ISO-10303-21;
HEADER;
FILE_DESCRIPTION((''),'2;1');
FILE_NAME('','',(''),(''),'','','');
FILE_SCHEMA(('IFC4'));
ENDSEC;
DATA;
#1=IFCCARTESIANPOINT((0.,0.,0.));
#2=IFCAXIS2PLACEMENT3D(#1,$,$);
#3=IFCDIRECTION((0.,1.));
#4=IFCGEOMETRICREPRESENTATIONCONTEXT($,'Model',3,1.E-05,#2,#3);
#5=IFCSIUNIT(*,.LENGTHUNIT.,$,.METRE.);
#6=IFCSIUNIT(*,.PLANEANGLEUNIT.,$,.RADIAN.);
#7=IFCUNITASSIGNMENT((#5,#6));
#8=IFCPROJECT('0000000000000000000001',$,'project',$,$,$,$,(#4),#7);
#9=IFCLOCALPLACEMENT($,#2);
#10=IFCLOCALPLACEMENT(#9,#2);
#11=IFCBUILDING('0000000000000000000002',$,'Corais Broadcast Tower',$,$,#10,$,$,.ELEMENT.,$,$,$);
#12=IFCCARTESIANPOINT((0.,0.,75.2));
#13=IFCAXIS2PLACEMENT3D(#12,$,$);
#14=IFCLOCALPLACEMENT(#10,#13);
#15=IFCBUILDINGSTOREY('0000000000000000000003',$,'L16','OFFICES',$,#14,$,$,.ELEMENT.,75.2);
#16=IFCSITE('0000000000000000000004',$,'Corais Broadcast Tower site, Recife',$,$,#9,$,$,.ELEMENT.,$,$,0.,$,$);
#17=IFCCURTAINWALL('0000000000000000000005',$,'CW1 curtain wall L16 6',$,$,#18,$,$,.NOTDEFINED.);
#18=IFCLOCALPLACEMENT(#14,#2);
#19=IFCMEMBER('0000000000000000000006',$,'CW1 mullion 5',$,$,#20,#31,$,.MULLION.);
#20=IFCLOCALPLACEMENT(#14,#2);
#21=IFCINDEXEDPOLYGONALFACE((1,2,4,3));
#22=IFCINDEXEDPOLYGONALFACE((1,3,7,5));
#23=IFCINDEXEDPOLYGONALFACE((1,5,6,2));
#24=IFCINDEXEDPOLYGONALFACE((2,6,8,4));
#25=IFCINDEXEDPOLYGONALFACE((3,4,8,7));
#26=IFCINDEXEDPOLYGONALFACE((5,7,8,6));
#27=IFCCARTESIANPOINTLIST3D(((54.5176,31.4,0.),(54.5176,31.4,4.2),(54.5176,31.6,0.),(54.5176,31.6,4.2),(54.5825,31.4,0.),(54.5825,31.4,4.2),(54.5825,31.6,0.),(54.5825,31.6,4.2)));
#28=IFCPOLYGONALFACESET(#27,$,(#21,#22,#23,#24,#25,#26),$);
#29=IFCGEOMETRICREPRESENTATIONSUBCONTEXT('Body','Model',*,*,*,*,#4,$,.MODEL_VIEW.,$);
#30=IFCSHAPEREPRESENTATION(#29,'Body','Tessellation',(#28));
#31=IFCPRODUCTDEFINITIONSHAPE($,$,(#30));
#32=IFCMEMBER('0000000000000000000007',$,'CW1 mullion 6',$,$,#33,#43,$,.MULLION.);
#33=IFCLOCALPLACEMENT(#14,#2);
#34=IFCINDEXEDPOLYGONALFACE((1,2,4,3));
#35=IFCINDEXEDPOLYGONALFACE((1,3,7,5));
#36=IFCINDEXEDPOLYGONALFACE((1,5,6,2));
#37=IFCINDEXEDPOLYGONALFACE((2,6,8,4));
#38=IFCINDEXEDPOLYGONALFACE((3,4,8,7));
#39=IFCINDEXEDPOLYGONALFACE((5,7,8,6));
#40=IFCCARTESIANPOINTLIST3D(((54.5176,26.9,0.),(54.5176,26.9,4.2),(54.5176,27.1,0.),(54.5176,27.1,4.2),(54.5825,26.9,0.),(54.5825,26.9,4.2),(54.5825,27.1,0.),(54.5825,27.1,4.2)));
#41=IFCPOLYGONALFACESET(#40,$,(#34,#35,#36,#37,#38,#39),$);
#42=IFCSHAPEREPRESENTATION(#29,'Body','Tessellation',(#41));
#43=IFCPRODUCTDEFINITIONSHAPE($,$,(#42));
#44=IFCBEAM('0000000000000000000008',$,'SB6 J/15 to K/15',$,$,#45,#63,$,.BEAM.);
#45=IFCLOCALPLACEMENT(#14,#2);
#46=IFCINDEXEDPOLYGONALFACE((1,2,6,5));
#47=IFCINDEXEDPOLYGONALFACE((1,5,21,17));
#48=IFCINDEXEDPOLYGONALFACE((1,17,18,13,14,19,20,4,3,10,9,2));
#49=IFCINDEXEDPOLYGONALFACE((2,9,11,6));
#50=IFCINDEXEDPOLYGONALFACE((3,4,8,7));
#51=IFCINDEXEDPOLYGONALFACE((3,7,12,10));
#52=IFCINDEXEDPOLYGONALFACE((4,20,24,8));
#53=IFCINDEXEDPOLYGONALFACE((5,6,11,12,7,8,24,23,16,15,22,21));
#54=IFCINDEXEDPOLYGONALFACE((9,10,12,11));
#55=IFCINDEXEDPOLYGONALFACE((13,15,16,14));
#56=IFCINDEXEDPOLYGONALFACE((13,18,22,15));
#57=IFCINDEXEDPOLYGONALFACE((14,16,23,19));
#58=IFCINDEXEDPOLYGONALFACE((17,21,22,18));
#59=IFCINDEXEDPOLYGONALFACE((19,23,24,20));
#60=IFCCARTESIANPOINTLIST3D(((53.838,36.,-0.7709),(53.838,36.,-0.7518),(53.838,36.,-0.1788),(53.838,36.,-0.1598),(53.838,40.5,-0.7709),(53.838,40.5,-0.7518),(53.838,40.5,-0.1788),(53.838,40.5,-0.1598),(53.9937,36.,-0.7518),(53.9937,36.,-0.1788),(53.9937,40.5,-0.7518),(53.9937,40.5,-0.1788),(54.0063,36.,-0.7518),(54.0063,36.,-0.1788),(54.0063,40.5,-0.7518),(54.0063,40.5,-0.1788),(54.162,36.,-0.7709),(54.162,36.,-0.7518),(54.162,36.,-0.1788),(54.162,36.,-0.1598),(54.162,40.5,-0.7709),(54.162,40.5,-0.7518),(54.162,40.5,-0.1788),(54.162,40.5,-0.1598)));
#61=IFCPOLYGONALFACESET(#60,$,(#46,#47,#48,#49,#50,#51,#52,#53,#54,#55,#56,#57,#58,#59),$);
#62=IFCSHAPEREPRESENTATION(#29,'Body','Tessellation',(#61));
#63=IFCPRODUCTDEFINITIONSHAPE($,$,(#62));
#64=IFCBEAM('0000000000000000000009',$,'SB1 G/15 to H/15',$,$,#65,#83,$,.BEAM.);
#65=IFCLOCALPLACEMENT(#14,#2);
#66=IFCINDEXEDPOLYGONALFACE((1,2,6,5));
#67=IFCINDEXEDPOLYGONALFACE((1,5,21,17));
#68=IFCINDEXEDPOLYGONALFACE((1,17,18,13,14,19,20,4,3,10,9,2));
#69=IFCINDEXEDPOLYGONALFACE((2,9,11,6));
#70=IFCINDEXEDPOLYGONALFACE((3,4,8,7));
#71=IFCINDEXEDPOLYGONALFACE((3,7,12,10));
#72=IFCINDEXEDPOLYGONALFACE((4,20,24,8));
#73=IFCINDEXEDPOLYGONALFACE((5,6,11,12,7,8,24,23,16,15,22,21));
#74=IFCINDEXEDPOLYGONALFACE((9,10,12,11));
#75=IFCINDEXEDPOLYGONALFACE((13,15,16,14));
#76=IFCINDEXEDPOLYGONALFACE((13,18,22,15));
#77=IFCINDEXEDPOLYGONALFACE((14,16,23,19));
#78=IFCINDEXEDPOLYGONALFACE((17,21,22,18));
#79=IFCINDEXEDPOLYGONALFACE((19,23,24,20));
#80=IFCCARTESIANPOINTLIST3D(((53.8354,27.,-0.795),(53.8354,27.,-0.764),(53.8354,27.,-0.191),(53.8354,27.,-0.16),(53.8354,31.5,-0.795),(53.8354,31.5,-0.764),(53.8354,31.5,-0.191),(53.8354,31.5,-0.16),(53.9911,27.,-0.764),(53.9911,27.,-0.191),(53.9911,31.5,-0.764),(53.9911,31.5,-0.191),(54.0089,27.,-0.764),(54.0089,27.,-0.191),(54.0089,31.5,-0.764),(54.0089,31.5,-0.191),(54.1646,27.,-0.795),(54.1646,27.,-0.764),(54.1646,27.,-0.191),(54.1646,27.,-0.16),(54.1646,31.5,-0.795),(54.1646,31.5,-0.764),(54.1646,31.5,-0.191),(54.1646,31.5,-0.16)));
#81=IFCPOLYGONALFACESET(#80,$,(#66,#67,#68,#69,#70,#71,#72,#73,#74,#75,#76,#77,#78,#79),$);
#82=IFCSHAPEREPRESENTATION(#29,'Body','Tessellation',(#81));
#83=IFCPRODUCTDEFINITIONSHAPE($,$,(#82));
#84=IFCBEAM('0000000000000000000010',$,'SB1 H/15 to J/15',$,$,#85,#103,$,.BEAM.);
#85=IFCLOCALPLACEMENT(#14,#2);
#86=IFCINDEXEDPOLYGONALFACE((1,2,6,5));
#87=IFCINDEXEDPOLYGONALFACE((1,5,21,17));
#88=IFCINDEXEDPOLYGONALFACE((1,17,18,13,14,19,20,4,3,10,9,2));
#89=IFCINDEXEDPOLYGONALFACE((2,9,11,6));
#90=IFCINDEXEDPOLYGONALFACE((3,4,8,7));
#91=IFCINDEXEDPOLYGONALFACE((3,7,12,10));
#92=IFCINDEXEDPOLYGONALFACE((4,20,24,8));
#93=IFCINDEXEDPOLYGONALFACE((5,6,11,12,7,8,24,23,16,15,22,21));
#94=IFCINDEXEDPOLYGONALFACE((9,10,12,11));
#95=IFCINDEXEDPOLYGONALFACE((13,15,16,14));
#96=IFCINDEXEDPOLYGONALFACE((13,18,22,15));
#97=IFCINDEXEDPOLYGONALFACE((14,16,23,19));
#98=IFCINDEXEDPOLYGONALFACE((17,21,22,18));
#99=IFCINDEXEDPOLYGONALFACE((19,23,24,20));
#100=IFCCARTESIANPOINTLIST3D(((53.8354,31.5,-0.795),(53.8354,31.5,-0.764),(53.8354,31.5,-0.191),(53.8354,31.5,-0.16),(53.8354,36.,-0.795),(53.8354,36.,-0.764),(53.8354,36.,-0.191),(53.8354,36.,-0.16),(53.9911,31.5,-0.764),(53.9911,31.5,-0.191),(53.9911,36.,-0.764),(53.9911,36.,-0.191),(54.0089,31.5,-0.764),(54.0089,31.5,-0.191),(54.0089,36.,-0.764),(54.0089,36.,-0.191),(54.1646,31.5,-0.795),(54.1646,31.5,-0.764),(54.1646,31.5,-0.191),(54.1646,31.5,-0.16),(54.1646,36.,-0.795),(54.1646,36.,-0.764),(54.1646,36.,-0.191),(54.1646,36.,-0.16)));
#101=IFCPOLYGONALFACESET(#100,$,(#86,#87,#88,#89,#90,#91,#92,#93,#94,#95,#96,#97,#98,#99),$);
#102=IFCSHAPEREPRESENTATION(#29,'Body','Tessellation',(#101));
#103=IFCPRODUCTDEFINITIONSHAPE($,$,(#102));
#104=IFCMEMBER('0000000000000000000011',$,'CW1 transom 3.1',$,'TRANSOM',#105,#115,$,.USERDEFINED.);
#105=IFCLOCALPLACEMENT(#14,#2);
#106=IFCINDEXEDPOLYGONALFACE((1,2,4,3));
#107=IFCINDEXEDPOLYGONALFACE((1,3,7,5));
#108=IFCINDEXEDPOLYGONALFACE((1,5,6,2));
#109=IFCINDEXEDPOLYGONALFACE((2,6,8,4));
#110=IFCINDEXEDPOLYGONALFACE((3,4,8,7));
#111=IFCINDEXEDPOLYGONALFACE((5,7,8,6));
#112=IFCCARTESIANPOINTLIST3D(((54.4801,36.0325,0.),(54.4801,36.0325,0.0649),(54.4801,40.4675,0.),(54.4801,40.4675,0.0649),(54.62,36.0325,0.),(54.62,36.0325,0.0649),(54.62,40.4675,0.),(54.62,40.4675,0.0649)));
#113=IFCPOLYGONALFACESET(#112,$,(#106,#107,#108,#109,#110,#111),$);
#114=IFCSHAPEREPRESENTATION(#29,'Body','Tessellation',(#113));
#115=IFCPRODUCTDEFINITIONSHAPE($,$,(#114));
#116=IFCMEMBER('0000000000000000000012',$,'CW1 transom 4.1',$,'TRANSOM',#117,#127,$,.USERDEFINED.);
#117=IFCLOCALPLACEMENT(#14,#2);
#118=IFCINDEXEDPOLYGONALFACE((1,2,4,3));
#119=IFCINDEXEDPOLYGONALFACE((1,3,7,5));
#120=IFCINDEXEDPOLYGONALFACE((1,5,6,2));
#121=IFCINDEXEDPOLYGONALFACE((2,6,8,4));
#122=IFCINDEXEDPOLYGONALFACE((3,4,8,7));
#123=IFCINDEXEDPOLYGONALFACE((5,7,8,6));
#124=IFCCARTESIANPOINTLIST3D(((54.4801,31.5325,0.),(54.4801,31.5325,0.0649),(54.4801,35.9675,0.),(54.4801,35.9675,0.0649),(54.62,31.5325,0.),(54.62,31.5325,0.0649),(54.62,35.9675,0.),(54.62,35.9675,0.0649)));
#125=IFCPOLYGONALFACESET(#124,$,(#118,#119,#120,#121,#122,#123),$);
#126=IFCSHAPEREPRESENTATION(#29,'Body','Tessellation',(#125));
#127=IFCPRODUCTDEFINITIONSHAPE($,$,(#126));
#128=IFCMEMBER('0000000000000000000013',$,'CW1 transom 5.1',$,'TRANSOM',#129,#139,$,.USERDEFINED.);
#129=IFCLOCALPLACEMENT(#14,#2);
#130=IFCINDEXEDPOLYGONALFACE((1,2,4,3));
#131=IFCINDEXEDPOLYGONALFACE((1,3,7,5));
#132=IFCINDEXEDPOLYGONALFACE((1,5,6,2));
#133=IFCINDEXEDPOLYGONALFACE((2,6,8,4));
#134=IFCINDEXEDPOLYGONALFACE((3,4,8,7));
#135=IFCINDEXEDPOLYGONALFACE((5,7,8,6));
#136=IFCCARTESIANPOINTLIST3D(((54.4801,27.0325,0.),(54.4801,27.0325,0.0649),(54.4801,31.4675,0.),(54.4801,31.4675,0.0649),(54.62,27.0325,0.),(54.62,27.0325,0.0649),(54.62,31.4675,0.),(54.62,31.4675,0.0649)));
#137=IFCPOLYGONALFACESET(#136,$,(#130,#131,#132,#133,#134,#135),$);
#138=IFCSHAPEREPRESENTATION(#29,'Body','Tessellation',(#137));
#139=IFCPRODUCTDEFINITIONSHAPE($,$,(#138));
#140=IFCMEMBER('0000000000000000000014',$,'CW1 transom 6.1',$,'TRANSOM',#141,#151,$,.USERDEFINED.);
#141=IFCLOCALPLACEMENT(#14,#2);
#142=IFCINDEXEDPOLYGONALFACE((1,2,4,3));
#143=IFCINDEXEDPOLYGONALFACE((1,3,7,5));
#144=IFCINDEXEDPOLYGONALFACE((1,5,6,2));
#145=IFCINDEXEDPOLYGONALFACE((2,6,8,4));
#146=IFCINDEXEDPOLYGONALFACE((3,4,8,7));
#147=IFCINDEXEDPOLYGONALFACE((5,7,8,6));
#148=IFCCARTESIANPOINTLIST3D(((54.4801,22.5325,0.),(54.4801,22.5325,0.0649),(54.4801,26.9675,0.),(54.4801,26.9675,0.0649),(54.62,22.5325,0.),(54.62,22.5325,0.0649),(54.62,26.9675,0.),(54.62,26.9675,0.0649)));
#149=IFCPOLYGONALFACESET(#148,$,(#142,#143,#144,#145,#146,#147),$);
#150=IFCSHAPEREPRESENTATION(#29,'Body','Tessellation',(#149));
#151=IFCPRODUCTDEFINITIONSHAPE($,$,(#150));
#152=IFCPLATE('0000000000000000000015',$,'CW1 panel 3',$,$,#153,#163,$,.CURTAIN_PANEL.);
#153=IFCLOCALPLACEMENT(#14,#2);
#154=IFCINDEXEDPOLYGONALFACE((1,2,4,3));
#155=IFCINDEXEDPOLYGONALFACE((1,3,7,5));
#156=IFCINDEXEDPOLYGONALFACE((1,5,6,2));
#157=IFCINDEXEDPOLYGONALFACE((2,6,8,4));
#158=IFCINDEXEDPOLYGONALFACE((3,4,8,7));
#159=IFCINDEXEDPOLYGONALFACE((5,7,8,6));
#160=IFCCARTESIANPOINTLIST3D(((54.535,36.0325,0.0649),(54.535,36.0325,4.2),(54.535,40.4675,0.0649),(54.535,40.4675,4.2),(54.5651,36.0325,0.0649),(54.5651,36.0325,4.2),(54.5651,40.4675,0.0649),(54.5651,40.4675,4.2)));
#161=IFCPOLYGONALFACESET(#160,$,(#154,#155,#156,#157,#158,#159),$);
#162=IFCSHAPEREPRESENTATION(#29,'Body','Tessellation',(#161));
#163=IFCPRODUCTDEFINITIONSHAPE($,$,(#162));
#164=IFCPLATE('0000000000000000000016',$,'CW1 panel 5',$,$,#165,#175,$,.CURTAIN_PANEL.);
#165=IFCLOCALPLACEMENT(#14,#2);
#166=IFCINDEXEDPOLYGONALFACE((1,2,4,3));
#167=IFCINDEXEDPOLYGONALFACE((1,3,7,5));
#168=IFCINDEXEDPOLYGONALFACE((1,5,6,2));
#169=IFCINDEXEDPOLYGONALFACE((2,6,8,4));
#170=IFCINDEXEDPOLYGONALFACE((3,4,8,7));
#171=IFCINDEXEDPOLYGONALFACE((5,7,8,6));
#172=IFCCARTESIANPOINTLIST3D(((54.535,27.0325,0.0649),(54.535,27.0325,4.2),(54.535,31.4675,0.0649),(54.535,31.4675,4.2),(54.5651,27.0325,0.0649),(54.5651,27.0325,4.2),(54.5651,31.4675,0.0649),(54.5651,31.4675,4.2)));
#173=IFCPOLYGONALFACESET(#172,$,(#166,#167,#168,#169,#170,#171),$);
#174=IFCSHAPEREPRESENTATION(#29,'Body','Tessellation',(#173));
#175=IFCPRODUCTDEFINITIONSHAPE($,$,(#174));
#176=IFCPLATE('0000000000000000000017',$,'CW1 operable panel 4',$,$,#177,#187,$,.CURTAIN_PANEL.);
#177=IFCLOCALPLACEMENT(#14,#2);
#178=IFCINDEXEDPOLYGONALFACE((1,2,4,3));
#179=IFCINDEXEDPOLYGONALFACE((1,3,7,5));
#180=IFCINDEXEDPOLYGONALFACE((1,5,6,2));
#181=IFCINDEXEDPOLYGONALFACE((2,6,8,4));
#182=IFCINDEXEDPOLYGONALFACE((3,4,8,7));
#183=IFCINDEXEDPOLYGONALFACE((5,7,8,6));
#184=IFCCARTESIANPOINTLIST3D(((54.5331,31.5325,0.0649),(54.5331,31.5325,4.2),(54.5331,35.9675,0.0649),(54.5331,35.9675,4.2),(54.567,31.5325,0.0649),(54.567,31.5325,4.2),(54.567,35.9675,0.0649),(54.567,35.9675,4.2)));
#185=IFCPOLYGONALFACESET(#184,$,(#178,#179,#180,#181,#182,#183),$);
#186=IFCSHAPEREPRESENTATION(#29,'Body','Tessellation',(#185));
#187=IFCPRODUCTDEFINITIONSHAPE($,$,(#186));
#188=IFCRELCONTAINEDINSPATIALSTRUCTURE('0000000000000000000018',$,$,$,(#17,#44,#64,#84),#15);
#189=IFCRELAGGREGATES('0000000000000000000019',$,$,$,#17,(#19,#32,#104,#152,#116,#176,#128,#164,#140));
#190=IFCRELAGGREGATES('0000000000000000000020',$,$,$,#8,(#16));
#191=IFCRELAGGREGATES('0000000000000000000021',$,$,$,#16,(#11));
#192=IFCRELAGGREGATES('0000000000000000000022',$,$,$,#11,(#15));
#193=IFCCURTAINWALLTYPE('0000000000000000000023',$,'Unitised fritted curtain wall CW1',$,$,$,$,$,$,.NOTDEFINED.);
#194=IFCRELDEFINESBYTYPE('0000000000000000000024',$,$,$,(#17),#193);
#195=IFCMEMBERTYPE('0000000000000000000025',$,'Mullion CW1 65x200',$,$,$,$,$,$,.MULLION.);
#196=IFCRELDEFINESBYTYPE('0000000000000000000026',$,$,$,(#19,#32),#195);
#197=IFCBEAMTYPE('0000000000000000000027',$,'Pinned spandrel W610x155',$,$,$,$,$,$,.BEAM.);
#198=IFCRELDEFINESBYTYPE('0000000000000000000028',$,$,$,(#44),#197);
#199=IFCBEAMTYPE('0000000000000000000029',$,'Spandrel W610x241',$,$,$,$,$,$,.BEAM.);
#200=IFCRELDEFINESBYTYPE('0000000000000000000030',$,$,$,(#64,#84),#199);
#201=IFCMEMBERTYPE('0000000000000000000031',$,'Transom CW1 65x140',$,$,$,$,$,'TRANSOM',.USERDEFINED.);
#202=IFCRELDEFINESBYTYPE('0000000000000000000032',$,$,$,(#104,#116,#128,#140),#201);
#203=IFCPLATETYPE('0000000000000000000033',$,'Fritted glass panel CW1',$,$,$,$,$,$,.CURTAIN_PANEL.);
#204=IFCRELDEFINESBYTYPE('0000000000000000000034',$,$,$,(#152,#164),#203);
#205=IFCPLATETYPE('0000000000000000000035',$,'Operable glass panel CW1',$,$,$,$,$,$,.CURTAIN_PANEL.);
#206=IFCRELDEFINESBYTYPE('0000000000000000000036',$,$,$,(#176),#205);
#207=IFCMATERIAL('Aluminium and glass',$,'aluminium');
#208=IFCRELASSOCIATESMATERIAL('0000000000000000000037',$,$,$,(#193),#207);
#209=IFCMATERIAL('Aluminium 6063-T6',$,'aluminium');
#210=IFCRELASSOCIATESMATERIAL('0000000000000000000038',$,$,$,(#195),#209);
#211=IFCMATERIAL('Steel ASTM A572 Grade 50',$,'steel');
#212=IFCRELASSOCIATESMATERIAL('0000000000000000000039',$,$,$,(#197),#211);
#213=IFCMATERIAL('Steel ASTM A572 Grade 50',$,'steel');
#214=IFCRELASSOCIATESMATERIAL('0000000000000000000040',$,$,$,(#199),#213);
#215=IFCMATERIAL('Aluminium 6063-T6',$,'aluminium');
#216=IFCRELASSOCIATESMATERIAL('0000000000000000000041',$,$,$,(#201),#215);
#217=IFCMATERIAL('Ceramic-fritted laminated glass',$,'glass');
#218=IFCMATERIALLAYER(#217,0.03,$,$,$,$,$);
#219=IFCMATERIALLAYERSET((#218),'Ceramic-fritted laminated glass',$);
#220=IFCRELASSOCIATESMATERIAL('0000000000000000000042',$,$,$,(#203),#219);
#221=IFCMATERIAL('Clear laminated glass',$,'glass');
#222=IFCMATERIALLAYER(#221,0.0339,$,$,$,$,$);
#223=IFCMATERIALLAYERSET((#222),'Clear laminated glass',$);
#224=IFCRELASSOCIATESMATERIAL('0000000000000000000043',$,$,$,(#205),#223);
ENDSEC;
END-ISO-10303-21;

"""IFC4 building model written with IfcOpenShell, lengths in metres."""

from ifc_helpers import new_model, si_unit, direction, frame, origin, origin_2d, place, context, subcontext, project, spatial, rectangle, i_section, extrude, material, layer, layer_set, material_profile, profile_set, type_object, element, aggregate, save


model = new_model("IFC4")

# Units and contexts
model_context = context("Model", 3, precision=1e-05, world=origin(), true_north=direction((0.0, 1.0)))
body_context = subcontext(model_context, "Body", "Model", "MODEL_VIEW")
ifc_project = project(units=[si_unit("LENGTHUNIT", "METRE"), si_unit("PLANEANGLEUNIT", "RADIAN")], contexts=[model_context])

# Site, building, storey
site_placement = place(None, origin())
site = spatial("IfcSite", under=ifc_project, at=site_placement, Name="Corais Broadcast Tower site, Recife", CompositionType="ELEMENT", RefElevation=0.0)
building_placement = place(site_placement, origin())
building = spatial("IfcBuilding", under=site, at=building_placement, Name="Corais Broadcast Tower", CompositionType="ELEMENT")
storey_placement = place(building_placement, frame((0.0, 0.0, 75.2)))
storey = spatial("IfcBuildingStorey", under=building, at=storey_placement, Name="L16", Description="OFFICES", CompositionType="ELEMENT", Elevation=75.2)

# Curtain wall, members
ifc_material_1 = material(Name="Aluminium and glass", Category="aluminium")
curtain_wall_type = type_object("IfcCurtainWallType", Name="Unitised fritted curtain wall CW1", PredefinedType="NOTDEFINED", material=ifc_material_1)
curtain_wall_placement = place(storey_placement, origin())
curtain_wall = element("IfcCurtainWall", 1, at=curtain_wall_placement, inside=storey, type_object=curtain_wall_type, Name="CW1 curtain wall L16 6", PredefinedType="NOTDEFINED")
ifc_material_2 = material(Name="Aluminium 6063-T6", Category="aluminium")
ifc_material_profile_1 = material_profile(ifc_material_2, rectangle(XDim=0.0649, YDim=0.2, at=origin_2d()), Name="Mullion CW1 65x200")
ifc_profile_set_1 = profile_set([ifc_material_profile_1], Name="Aluminium 6063-T6")
member_type_1 = type_object("IfcMemberType", Name="Mullion CW1 65x200", PredefinedType="MULLION", material=ifc_profile_set_1)
member_1_placement = place(storey_placement, frame((54.55, 31.5, 0.0), z_axis=(0.0, 0.0, 1.0), x_axis=(1.0, 0.0, 0.0)))
member_1 = element("IfcMember", 2, at=member_1_placement, type_object=member_type_1, Name="CW1 mullion 5", PredefinedType="MULLION", context=body_context, shape_type="SweptSolid", body=[
    extrude(rectangle(XDim=0.0649, YDim=0.2, at=origin_2d()), origin(), (0.0, 0.0, 1.0), 4.2),
])
member_2_placement = place(storey_placement, frame((54.55, 27.0, 0.0), z_axis=(0.0, 0.0, 1.0), x_axis=(1.0, 0.0, 0.0)))
member_2 = element("IfcMember", 3, at=member_2_placement, type_object=member_type_1, Name="CW1 mullion 6", PredefinedType="MULLION", context=body_context, shape_type="SweptSolid", body=[
    extrude(rectangle(XDim=0.0649, YDim=0.2, at=origin_2d()), origin(), (0.0, 0.0, 1.0), 4.2),
])

# Beams
ifc_material_3 = material(Name="Steel ASTM A572 Grade 50", Category="steel")
ifc_material_profile_2 = material_profile(ifc_material_3, i_section(OverallWidth=0.324, OverallDepth=0.6111, WebThickness=0.0127, FlangeThickness=0.019, at=origin_2d()), Name="W610x155")
ifc_profile_set_2 = profile_set([ifc_material_profile_2], Name="Steel ASTM A572 Grade 50")
beam_type_1 = type_object("IfcBeamType", Name="Pinned spandrel W610x155", PredefinedType="BEAM", material=ifc_profile_set_2)
beam_1_placement = place(storey_placement, frame((54.0, 36.0, -0.4653), z_axis=(0.0, 1.0, 0.0), x_axis=(-1.0, 0.0, 0.0)))
element("IfcBeam", 4, at=beam_1_placement, inside=storey, type_object=beam_type_1, Name="SB6 J/15 to K/15", PredefinedType="BEAM", context=body_context, shape_type="SweptSolid", body=[
    extrude(i_section(OverallWidth=0.324, OverallDepth=0.6111, WebThickness=0.0127, FlangeThickness=0.019, at=origin_2d()), origin(), (0.0, 0.0, 1.0), 4.5),
])
ifc_material_4 = material(Name="Steel ASTM A572 Grade 50", Category="steel")
ifc_material_profile_3 = material_profile(ifc_material_4, i_section(OverallWidth=0.3291, OverallDepth=0.635, WebThickness=0.0178, FlangeThickness=0.031, at=origin_2d()), Name="W610x241")
ifc_profile_set_3 = profile_set([ifc_material_profile_3], Name="Steel ASTM A572 Grade 50")
beam_type_2 = type_object("IfcBeamType", Name="Spandrel W610x241", PredefinedType="BEAM", material=ifc_profile_set_3)
for number, where, z_axis, x_axis, name in (
    (5, (54.0, 27.0, -0.4775), (0.0, 1.0, 0.0), (-1.0, 0.0, 0.0), "SB1 G/15 to H/15"),
    (6, (54.0, 31.5, -0.4775), (0.0, 1.0, 0.0), (-1.0, 0.0, 0.0), "SB1 H/15 to J/15"),
):
    element("IfcBeam", number, at=place(storey_placement, frame(where, z_axis=z_axis, x_axis=x_axis)), inside=storey, type_object=beam_type_2, Name=name, PredefinedType="BEAM", context=body_context, shape_type="SweptSolid", body=[
        extrude(i_section(OverallWidth=0.3291, OverallDepth=0.635, WebThickness=0.0178, FlangeThickness=0.031, at=origin_2d()), origin(), (0.0, 0.0, 1.0), 4.5),
    ])

# Members
ifc_material_5 = material(Name="Aluminium 6063-T6", Category="aluminium")
ifc_material_profile_4 = material_profile(ifc_material_5, rectangle(XDim=0.1399, YDim=0.0649, at=origin_2d()), Name="Transom CW1 65x140")
ifc_profile_set_4 = profile_set([ifc_material_profile_4], Name="Aluminium 6063-T6")
member_type_2 = type_object("IfcMemberType", Name="Transom CW1 65x140", ElementType="TRANSOM", PredefinedType="USERDEFINED", material=ifc_profile_set_4)
member_3_placement = place(storey_placement, frame((54.55, 40.4675, 0.0325), z_axis=(0.0, -1.0, 0.0), x_axis=(1.0, 0.0, 0.0)))
member_3 = element("IfcMember", 7, at=member_3_placement, type_object=member_type_2, Name="CW1 transom 3.1", ObjectType="TRANSOM", PredefinedType="USERDEFINED", context=body_context, shape_type="SweptSolid", body=[
    extrude(rectangle(XDim=0.1399, YDim=0.0649, at=origin_2d()), origin(), (0.0, 0.0, 1.0), 4.4351),
])
member_4_placement = place(storey_placement, frame((54.55, 35.9675, 0.0325), z_axis=(0.0, -1.0, 0.0), x_axis=(1.0, 0.0, 0.0)))
member_4 = element("IfcMember", 8, at=member_4_placement, type_object=member_type_2, Name="CW1 transom 4.1", ObjectType="TRANSOM", PredefinedType="USERDEFINED", context=body_context, shape_type="SweptSolid", body=[
    extrude(rectangle(XDim=0.1399, YDim=0.0649, at=origin_2d()), origin(), (0.0, 0.0, 1.0), 4.4351),
])
member_5_placement = place(storey_placement, frame((54.55, 31.4675, 0.0325), z_axis=(0.0, -1.0, 0.0), x_axis=(1.0, 0.0, 0.0)))
member_5 = element("IfcMember", 9, at=member_5_placement, type_object=member_type_2, Name="CW1 transom 5.1", ObjectType="TRANSOM", PredefinedType="USERDEFINED", context=body_context, shape_type="SweptSolid", body=[
    extrude(rectangle(XDim=0.1399, YDim=0.0649, at=origin_2d()), origin(), (0.0, 0.0, 1.0), 4.4351),
])
member_6_placement = place(storey_placement, frame((54.55, 26.9675, 0.0325), z_axis=(0.0, -1.0, 0.0), x_axis=(1.0, 0.0, 0.0)))
member_6 = element("IfcMember", 10, at=member_6_placement, type_object=member_type_2, Name="CW1 transom 6.1", ObjectType="TRANSOM", PredefinedType="USERDEFINED", context=body_context, shape_type="SweptSolid", body=[
    extrude(rectangle(XDim=0.1399, YDim=0.0649, at=origin_2d()), origin(), (0.0, 0.0, 1.0), 4.4351),
])

# Plates
ifc_material_6 = material(Name="Ceramic-fritted laminated glass", Category="glass")
ifc_layer_1 = layer(ifc_material_6, 0.03)
ifc_layer_set_1 = layer_set([ifc_layer_1], Name="Ceramic-fritted laminated glass")
plate_type_1 = type_object("IfcPlateType", Name="Fritted glass panel CW1", PredefinedType="CURTAIN_PANEL", material=ifc_layer_set_1)
plate_1_placement = place(storey_placement, frame((54.55, 38.25, 0.0649), z_axis=(0.0, 0.0, 1.0), x_axis=(0.0, -1.0, 0.0)))
plate_1 = element("IfcPlate", 11, at=plate_1_placement, type_object=plate_type_1, Name="CW1 panel 3", PredefinedType="CURTAIN_PANEL", context=body_context, shape_type="SweptSolid", body=[
    extrude(rectangle(XDim=4.4351, YDim=0.03, at=origin_2d()), origin(), (0.0, 0.0, 1.0), 4.135),
])
plate_2_placement = place(storey_placement, frame((54.55, 29.25, 0.0649), z_axis=(0.0, 0.0, 1.0), x_axis=(0.0, -1.0, 0.0)))
plate_2 = element("IfcPlate", 12, at=plate_2_placement, type_object=plate_type_1, Name="CW1 panel 5", PredefinedType="CURTAIN_PANEL", context=body_context, shape_type="SweptSolid", body=[
    extrude(rectangle(XDim=4.4351, YDim=0.03, at=origin_2d()), origin(), (0.0, 0.0, 1.0), 4.135),
])
ifc_material_7 = material(Name="Clear laminated glass", Category="glass")
ifc_layer_2 = layer(ifc_material_7, 0.0339)
ifc_layer_set_2 = layer_set([ifc_layer_2], Name="Clear laminated glass")
plate_type_2 = type_object("IfcPlateType", Name="Operable glass panel CW1", PredefinedType="CURTAIN_PANEL", material=ifc_layer_set_2)
plate_3_placement = place(storey_placement, frame((54.55, 33.75, 0.0649), z_axis=(0.0, 0.0, 1.0), x_axis=(0.0, -1.0, 0.0)))
plate_3 = element("IfcPlate", 13, at=plate_3_placement, type_object=plate_type_2, Name="CW1 operable panel 4", PredefinedType="CURTAIN_PANEL", context=body_context, shape_type="SweptSolid", body=[
    extrude(rectangle(XDim=4.4351, YDim=0.0339, at=origin_2d()), origin(), (0.0, 0.0, 1.0), 4.135),
])
aggregate(curtain_wall, [member_1, member_2, member_3, plate_1, member_4, plate_3, member_5, plate_2, member_6])

save(model, "model.ifc")
